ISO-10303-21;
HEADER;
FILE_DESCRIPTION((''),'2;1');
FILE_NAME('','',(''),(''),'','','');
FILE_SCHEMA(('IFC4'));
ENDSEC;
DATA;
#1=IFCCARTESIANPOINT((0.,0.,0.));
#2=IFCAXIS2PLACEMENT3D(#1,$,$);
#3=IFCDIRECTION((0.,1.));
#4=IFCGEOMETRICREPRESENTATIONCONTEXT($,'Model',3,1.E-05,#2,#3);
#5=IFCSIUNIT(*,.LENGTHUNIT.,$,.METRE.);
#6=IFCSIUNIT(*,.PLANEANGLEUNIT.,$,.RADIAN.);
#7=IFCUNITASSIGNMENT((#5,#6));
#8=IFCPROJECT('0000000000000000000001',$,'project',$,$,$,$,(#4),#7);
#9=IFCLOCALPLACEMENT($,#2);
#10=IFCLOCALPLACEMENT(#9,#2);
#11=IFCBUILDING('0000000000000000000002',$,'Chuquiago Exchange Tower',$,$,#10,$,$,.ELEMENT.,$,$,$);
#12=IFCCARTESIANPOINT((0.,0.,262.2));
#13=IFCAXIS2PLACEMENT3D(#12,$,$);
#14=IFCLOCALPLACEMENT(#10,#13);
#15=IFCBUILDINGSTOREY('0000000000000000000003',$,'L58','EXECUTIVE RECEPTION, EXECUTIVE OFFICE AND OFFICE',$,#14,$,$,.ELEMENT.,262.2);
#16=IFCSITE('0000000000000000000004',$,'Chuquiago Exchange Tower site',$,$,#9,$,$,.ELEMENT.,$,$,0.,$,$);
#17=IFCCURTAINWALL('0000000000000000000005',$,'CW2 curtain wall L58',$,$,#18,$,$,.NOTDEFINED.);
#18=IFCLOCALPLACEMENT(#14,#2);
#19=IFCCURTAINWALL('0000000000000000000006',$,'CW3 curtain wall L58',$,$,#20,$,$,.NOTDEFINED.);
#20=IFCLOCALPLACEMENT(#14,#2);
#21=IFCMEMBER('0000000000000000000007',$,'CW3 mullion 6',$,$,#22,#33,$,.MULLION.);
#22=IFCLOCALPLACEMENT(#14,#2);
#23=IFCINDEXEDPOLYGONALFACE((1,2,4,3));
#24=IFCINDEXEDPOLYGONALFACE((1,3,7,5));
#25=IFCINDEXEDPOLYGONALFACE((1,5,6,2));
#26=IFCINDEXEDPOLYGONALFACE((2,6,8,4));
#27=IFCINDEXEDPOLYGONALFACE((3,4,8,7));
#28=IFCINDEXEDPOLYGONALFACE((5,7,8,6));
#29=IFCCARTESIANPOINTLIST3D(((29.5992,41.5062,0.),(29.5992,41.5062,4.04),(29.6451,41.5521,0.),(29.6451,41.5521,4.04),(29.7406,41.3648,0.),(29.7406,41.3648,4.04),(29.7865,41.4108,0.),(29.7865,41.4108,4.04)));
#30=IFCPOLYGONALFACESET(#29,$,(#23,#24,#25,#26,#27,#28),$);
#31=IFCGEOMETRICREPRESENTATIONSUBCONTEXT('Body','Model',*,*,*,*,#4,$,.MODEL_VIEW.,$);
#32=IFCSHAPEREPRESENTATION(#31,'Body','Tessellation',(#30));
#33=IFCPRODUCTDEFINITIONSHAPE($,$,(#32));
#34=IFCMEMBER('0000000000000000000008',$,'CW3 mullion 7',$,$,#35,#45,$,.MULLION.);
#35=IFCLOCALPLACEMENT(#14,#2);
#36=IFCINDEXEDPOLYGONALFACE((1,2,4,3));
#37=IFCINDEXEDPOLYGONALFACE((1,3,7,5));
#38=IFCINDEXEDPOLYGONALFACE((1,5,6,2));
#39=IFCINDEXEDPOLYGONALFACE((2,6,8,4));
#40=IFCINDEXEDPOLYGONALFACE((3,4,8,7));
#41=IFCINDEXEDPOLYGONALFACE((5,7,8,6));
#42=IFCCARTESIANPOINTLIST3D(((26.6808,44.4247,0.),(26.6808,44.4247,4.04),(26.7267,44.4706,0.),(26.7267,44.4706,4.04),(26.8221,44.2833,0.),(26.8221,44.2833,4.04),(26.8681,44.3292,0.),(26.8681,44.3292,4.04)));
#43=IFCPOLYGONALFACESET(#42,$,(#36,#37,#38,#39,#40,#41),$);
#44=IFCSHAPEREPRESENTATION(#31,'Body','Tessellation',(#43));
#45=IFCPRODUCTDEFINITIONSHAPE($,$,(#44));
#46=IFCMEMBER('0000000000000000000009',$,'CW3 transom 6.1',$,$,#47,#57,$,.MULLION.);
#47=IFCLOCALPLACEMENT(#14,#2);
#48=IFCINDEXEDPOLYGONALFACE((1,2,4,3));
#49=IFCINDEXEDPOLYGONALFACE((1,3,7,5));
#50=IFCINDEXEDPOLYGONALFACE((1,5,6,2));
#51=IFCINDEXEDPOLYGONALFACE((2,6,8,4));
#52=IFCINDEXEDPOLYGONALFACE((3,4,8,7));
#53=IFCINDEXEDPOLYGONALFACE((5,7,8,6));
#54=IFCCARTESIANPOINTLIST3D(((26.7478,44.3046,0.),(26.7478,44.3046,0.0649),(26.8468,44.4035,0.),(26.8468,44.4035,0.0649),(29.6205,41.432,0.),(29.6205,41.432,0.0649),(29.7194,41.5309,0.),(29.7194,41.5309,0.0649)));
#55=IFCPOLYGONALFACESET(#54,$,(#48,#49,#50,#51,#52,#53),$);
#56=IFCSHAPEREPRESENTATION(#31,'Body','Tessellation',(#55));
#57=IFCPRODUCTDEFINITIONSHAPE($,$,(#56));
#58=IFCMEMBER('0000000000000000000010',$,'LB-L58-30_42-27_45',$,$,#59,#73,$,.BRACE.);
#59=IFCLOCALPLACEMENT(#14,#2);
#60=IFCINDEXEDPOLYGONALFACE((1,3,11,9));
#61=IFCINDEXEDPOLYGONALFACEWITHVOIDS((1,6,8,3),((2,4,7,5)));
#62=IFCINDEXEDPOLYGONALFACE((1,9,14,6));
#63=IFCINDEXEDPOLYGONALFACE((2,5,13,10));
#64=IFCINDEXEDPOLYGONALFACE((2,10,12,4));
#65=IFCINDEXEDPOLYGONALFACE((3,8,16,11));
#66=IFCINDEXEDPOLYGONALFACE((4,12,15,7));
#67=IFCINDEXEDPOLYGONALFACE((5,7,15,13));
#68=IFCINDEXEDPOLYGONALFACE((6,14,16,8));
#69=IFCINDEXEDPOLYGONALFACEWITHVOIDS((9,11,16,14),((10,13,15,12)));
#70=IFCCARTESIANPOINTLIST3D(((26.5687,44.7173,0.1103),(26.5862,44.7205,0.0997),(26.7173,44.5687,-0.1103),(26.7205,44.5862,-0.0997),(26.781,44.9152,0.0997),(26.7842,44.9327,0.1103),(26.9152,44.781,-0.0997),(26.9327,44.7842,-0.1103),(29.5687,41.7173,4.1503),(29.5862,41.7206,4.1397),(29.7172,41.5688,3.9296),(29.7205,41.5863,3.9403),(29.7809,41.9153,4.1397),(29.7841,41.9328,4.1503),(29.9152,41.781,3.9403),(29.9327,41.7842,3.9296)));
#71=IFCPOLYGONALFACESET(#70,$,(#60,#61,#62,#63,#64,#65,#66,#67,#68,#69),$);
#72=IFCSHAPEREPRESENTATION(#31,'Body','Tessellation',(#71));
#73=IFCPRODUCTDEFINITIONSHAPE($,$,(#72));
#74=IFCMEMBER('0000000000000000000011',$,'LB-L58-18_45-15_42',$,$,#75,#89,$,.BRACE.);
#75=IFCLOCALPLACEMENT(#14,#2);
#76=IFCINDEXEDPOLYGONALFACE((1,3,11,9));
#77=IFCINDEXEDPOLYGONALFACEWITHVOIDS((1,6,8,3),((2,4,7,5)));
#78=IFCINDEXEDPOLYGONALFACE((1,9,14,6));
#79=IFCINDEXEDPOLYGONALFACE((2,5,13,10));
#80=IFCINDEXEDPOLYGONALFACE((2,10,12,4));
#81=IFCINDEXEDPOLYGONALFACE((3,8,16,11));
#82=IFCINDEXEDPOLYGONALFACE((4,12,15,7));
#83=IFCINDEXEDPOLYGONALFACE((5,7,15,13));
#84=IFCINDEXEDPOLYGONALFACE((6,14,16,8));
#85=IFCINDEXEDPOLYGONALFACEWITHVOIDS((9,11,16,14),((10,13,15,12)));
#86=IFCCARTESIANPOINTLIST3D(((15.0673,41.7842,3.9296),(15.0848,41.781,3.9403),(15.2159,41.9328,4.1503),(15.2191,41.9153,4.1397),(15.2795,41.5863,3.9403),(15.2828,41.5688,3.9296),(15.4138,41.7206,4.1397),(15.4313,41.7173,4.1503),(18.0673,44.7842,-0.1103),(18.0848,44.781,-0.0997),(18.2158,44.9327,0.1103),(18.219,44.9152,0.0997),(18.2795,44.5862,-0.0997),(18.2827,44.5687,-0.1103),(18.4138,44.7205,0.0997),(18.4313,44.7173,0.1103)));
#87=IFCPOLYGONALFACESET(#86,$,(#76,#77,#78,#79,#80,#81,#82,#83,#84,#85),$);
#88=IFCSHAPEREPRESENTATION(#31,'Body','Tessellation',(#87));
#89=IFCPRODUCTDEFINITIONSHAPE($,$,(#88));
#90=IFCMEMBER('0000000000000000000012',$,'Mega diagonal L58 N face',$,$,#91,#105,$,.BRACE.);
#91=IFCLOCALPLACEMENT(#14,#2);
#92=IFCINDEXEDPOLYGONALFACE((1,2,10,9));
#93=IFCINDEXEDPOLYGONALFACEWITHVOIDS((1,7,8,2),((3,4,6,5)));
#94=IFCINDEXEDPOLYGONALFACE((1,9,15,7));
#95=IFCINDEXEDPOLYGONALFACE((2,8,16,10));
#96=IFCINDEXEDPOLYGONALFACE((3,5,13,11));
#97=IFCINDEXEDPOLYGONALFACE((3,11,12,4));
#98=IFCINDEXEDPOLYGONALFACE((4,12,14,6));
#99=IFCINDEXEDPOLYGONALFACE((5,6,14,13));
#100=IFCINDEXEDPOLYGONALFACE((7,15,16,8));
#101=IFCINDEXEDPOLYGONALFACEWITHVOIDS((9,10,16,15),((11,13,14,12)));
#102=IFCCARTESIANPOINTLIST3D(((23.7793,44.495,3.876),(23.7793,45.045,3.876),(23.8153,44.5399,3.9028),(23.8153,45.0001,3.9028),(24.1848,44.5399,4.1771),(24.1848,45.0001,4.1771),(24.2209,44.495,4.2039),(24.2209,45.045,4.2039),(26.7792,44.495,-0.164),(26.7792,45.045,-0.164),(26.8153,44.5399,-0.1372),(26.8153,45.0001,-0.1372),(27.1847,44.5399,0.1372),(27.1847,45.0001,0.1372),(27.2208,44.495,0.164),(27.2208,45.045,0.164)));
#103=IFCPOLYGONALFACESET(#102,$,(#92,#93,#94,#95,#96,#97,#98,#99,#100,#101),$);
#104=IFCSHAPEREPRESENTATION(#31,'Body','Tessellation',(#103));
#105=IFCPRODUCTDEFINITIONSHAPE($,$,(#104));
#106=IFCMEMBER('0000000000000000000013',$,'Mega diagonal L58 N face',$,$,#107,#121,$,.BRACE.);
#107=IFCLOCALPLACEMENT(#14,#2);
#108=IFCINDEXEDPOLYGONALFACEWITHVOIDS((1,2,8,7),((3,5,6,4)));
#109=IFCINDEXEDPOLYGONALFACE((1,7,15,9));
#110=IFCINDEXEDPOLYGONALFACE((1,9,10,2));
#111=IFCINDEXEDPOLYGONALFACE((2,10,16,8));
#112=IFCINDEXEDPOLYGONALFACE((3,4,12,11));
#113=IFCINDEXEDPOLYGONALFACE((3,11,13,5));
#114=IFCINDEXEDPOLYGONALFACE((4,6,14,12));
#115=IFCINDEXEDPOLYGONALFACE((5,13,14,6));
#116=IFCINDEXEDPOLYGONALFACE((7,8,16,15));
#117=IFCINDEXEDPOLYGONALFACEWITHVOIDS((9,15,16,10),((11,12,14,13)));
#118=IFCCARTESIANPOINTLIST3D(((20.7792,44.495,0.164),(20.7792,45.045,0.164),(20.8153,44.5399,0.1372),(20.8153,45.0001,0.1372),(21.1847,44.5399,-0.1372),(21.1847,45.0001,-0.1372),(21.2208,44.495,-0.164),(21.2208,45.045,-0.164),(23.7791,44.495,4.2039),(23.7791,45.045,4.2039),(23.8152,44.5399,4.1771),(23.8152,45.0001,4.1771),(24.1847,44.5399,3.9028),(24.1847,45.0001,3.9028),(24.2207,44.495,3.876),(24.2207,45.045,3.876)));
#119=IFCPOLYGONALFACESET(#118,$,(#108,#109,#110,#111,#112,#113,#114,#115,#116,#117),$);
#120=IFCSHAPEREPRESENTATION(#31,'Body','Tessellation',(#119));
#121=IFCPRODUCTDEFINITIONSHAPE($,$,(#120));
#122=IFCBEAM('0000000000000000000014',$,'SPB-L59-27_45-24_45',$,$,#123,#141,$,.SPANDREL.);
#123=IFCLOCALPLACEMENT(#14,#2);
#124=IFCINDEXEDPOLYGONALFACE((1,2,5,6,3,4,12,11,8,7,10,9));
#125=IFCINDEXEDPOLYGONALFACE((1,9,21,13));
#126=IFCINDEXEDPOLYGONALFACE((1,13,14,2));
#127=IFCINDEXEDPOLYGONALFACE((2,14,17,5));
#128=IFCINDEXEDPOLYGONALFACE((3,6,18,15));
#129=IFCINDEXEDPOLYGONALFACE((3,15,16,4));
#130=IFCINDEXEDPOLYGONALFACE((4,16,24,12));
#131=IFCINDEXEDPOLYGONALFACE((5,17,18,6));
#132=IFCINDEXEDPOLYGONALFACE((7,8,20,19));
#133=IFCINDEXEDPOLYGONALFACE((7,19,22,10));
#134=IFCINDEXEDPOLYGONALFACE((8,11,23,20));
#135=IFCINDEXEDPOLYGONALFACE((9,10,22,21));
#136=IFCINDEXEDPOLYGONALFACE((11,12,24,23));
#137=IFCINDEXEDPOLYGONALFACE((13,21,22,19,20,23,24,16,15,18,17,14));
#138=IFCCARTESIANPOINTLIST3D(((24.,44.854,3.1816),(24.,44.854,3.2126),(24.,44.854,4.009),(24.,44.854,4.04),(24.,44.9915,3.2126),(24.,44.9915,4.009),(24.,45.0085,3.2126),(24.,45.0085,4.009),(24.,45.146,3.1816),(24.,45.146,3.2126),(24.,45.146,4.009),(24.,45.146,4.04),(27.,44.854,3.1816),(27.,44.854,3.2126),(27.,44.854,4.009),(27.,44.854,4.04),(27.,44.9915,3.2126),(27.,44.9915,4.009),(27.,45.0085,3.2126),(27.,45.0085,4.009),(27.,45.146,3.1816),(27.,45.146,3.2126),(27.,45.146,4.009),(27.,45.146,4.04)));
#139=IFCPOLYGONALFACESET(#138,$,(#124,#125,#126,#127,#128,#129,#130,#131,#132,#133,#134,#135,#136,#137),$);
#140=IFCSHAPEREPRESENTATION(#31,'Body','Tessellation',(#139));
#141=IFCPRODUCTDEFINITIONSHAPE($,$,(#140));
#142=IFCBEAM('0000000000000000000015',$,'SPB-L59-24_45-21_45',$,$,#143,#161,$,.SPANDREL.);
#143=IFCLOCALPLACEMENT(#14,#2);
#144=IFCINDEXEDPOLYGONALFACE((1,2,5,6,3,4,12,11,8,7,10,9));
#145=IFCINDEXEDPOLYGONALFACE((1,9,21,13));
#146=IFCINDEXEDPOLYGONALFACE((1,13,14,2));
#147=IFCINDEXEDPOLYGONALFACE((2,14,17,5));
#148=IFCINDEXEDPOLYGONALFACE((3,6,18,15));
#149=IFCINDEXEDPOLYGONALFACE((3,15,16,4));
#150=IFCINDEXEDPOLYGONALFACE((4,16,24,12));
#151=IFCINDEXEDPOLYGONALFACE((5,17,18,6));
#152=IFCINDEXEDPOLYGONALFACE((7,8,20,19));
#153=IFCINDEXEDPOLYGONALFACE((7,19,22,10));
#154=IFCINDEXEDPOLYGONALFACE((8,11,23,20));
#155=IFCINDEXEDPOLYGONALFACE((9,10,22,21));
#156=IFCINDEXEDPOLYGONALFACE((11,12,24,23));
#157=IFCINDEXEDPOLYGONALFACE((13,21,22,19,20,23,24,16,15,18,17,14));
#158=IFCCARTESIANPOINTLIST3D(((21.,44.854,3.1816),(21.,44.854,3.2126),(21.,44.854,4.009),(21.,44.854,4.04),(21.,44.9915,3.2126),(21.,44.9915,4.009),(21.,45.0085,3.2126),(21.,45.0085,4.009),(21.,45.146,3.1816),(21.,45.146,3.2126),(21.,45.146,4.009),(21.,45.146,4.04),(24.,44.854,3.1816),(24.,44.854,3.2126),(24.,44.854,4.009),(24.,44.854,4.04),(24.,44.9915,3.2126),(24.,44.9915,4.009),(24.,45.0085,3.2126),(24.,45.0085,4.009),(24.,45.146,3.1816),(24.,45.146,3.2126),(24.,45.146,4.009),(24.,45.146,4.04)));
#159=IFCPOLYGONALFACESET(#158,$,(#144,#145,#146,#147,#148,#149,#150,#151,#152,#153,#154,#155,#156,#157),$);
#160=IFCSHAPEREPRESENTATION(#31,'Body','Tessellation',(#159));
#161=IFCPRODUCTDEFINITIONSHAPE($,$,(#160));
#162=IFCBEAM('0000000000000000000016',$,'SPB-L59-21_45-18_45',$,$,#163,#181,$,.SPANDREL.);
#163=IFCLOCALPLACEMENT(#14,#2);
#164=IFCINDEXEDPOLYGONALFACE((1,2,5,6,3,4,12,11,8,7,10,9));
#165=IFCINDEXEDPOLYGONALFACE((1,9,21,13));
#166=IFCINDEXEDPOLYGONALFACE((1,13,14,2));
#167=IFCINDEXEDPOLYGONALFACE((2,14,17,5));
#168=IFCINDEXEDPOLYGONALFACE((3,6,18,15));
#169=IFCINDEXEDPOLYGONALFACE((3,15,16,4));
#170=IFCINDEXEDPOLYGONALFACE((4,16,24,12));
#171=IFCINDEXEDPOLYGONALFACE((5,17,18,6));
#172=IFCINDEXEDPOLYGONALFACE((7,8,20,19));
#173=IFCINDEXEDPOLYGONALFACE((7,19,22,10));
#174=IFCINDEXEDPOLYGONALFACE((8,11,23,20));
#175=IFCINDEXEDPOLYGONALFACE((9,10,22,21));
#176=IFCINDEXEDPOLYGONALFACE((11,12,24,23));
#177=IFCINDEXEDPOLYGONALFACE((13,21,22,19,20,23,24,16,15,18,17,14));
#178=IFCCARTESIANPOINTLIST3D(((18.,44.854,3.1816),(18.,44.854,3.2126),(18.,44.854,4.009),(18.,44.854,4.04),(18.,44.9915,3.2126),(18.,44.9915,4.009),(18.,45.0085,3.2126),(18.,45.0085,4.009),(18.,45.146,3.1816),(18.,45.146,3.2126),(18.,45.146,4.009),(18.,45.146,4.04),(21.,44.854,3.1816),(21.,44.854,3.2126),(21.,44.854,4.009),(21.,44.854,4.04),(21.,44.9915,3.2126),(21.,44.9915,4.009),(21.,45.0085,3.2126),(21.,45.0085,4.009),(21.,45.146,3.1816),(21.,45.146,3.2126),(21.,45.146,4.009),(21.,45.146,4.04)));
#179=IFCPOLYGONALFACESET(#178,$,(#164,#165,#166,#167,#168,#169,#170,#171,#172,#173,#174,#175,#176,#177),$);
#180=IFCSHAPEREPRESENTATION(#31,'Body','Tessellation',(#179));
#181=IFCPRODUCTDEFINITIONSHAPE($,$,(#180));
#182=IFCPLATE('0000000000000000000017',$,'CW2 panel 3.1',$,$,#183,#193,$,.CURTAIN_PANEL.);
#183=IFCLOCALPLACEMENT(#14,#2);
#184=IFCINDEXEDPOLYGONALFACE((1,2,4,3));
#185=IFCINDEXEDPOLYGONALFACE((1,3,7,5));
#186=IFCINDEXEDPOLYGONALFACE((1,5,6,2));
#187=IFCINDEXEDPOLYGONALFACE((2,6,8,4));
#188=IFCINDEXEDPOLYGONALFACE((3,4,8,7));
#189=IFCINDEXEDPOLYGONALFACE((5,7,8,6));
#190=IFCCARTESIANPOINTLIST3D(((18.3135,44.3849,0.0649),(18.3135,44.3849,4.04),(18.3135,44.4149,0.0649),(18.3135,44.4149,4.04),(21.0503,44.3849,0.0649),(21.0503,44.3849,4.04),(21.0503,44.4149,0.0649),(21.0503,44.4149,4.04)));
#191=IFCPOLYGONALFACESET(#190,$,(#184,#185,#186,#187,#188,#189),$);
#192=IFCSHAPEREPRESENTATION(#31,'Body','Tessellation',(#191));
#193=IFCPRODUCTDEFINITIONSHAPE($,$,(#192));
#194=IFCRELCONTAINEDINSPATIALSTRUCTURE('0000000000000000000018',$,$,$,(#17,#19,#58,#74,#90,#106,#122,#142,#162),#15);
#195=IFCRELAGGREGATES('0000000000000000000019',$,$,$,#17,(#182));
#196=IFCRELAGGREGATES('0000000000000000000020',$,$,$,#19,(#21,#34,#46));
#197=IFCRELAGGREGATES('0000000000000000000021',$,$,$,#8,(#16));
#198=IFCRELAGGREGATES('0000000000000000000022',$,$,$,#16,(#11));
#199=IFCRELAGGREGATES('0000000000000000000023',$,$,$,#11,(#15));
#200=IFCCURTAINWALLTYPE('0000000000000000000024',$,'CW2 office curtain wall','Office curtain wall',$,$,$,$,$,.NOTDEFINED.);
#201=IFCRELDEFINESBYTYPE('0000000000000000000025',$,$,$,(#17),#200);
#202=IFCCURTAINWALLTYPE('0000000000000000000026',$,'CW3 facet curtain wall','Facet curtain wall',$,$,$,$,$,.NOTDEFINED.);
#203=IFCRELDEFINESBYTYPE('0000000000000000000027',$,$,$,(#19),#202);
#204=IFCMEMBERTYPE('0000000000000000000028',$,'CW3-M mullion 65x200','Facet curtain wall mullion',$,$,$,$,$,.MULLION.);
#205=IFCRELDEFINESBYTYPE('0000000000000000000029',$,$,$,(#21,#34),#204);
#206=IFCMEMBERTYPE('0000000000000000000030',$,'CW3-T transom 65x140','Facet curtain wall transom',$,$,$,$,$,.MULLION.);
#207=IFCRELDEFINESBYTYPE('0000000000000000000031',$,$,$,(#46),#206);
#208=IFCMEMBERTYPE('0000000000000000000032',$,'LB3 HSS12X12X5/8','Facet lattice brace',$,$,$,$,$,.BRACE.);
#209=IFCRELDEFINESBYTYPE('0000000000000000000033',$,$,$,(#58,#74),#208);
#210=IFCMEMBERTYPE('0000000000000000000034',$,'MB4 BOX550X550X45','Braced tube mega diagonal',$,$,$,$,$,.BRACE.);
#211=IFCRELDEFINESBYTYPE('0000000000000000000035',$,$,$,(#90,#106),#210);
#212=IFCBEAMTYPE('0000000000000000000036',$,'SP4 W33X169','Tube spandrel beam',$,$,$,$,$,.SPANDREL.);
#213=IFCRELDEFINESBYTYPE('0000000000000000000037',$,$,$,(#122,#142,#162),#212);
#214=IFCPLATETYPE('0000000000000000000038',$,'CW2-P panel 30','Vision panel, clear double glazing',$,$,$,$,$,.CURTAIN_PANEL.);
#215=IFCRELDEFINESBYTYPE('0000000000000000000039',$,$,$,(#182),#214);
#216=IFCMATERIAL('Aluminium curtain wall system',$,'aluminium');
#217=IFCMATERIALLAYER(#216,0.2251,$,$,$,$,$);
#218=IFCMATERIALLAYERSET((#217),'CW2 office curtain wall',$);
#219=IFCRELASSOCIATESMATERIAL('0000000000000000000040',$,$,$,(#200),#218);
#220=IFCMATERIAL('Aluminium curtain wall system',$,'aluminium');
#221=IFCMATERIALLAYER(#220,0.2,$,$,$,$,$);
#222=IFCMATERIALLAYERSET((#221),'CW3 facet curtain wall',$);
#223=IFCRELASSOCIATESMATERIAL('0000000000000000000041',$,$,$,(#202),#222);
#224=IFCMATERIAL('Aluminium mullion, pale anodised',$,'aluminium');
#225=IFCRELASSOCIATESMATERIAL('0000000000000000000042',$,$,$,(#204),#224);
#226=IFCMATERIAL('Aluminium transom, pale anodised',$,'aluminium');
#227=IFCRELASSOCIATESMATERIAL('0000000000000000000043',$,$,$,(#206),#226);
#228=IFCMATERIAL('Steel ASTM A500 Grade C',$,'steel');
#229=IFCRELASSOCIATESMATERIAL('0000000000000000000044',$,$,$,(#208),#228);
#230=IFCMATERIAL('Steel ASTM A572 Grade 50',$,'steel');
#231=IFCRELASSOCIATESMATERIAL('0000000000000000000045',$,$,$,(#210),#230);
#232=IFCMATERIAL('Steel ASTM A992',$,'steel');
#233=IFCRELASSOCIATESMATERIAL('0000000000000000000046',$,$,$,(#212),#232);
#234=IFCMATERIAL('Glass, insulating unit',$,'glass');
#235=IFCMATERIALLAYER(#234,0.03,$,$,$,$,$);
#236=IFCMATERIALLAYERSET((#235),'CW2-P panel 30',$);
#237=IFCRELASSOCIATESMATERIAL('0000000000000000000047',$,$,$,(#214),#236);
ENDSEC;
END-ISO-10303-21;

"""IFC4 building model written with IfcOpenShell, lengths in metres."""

from ifc_helpers import new_model, si_unit, direction, frame, origin, origin_2d, place, context, subcontext, project, spatial, rectangle, hollow_rectangle, i_section, extrude, material, layer, layer_set, material_profile, profile_set, type_object, element, aggregate, save


model = new_model("IFC4")

# Units and contexts
model_context = context("Model", 3, precision=1e-05, world=origin(), true_north=direction((0.0, 1.0)))
body_context = subcontext(model_context, "Body", "Model", "MODEL_VIEW")
ifc_project = project(units=[si_unit("LENGTHUNIT", "METRE"), si_unit("PLANEANGLEUNIT", "RADIAN")], contexts=[model_context])

# Site, building, storey
site_placement = place(None, origin())
site = spatial("IfcSite", under=ifc_project, at=site_placement, Name="Chuquiago Exchange Tower site", CompositionType="ELEMENT", RefElevation=0.0)
building_placement = place(site_placement, origin())
building = spatial("IfcBuilding", under=site, at=building_placement, Name="Chuquiago Exchange Tower", CompositionType="ELEMENT")
storey_placement = place(building_placement, frame((0.0, 0.0, 262.2)))
storey = spatial("IfcBuildingStorey", under=building, at=storey_placement, Name="L58", Description="EXECUTIVE RECEPTION, EXECUTIVE OFFICE AND OFFICE", CompositionType="ELEMENT", Elevation=262.2)

# Curtain walls, members
ifc_material_1 = material(Name="Aluminium curtain wall system", Category="aluminium")
ifc_layer_1 = layer(ifc_material_1, 0.2251)
ifc_layer_set_1 = layer_set([ifc_layer_1], Name="CW2 office curtain wall")
curtain_wall_type_1 = type_object("IfcCurtainWallType", Name="CW2 office curtain wall", Description="Office curtain wall", PredefinedType="NOTDEFINED", material=ifc_layer_set_1)
curtain_wall_1_placement = place(storey_placement, origin())
curtain_wall_1 = element("IfcCurtainWall", 1, at=curtain_wall_1_placement, inside=storey, type_object=curtain_wall_type_1, Name="CW2 curtain wall L58", PredefinedType="NOTDEFINED")
ifc_material_2 = material(Name="Aluminium curtain wall system", Category="aluminium")
ifc_layer_2 = layer(ifc_material_2, 0.2)
ifc_layer_set_2 = layer_set([ifc_layer_2], Name="CW3 facet curtain wall")
curtain_wall_type_2 = type_object("IfcCurtainWallType", Name="CW3 facet curtain wall", Description="Facet curtain wall", PredefinedType="NOTDEFINED", material=ifc_layer_set_2)
curtain_wall_2_placement = place(storey_placement, origin())
curtain_wall_2 = element("IfcCurtainWall", 2, at=curtain_wall_2_placement, inside=storey, type_object=curtain_wall_type_2, Name="CW3 curtain wall L58", PredefinedType="NOTDEFINED")
ifc_material_3 = material(Name="Aluminium mullion, pale anodised", Category="aluminium")
ifc_material_profile_1 = material_profile(ifc_material_3, rectangle(XDim=0.0649, YDim=0.2, at=origin_2d()), Name="AL 65x200")
ifc_profile_set_1 = profile_set([ifc_material_profile_1], Name="Aluminium mullion, pale anodised")
member_type_1 = type_object("IfcMemberType", Name="CW3-M mullion 65x200", Description="Facet curtain wall mullion", PredefinedType="MULLION", material=ifc_profile_set_1)
member_1_placement = place(storey_placement, frame((29.6929, 41.4585, 0.0), z_axis=(0.0, 0.0, 1.0), x_axis=(-0.707107, -0.707107, 0.0)))
member_1 = element("IfcMember", 3, at=member_1_placement, type_object=member_type_1, Name="CW3 mullion 6", PredefinedType="MULLION", context=body_context, shape_type="SweptSolid", body=[
    extrude(rectangle(XDim=0.0649, YDim=0.2, at=origin_2d()), origin(), (0.0, 0.0, 1.0), 4.04),
])
member_2_placement = place(storey_placement, frame((26.7744, 44.377, 0.0), z_axis=(0.0, 0.0, 1.0), x_axis=(-0.707107, -0.707107, 0.0)))
member_2 = element("IfcMember", 4, at=member_2_placement, type_object=member_type_1, Name="CW3 mullion 7", PredefinedType="MULLION", context=body_context, shape_type="SweptSolid", body=[
    extrude(rectangle(XDim=0.0649, YDim=0.2, at=origin_2d()), origin(), (0.0, 0.0, 1.0), 4.04),
])
ifc_material_4 = material(Name="Aluminium transom, pale anodised", Category="aluminium")
ifc_material_profile_2 = material_profile(ifc_material_4, rectangle(XDim=0.1399, YDim=0.0649, at=origin_2d()), Name="AL 140x65")
ifc_profile_set_2 = profile_set([ifc_material_profile_2], Name="Aluminium transom, pale anodised")
member_type_2 = type_object("IfcMemberType", Name="CW3-T transom 65x140", Description="Facet curtain wall transom", PredefinedType="MULLION", material=ifc_profile_set_2)
member_3_placement = place(storey_placement, frame((29.6699, 41.4814, 0.0325), z_axis=(-0.707107, 0.707107, 0.0), x_axis=(-0.707107, -0.707107, 0.0)))
member_3 = element("IfcMember", 5, at=member_3_placement, type_object=member_type_2, Name="CW3 transom 6.1", PredefinedType="MULLION", context=body_context, shape_type="SweptSolid", body=[
    extrude(rectangle(XDim=0.1399, YDim=0.0649, at=origin_2d()), origin(), (0.0, 0.0, 1.0), 4.0625),
])

# Members
ifc_material_5 = material(Name="Steel ASTM A500 Grade C", Category="steel")
ifc_material_profile_3 = material_profile(ifc_material_5, hollow_rectangle(XDim=0.3047, YDim=0.3047, WallThickness=0.0146, at=origin_2d()), Name="HSS12X12X5/8")
ifc_profile_set_3 = profile_set([ifc_material_profile_3], Name="Steel ASTM A500 Grade C")
member_type_3 = type_object("IfcMemberType", Name="LB3 HSS12X12X5/8", Description="Facet lattice brace", PredefinedType="BRACE", material=ifc_profile_set_3)
for number, where, z_axis, x_axis, name in (
    (6, (26.7507, 44.7507, 0.0), (0.512077, -0.512077, 0.689604), (0.707107, 0.707107, 0.0), "LB-L58-30_42-27_45"),
    (7, (18.2493, 44.7507, 0.0), (-0.512077, -0.512077, 0.689604), (0.707107, -0.707107, 0.0), "LB-L58-18_45-15_42"),
):
    element("IfcMember", number, at=place(storey_placement, frame(where, z_axis=z_axis, x_axis=x_axis)), inside=storey, type_object=member_type_3, Name=name, PredefinedType="BRACE", context=body_context, shape_type="SweptSolid", body=[
        extrude(hollow_rectangle(XDim=0.3047, YDim=0.3047, WallThickness=0.0146, at=origin_2d()), origin(), (0.0, 0.0, 1.0), 5.8584),
    ])
ifc_material_6 = material(Name="Steel ASTM A572 Grade 50", Category="steel")
ifc_material_profile_4 = material_profile(ifc_material_6, hollow_rectangle(XDim=0.55, YDim=0.55, WallThickness=0.0449, at=origin_2d()), Name="BOX550X550X45")
ifc_profile_set_4 = profile_set([ifc_material_profile_4], Name="Steel ASTM A572 Grade 50")
member_type_4 = type_object("IfcMemberType", Name="MB4 BOX550X550X45", Description="Braced tube mega diagonal", PredefinedType="BRACE", material=ifc_profile_set_4)
for number, where, z_axis, x_axis, name in (
    (8, (27.0, 44.77, 0.0), (-0.596174, 0.0, 0.802855), (0.0, -1.0, 0.0), "Mega diagonal L58 N face"),
    (9, (21.0, 44.77, 0.0), (0.596174, 0.0, 0.802855), (0.0, 1.0, 0.0), "Mega diagonal L58 N face"),
):
    element("IfcMember", number, at=place(storey_placement, frame(where, z_axis=z_axis, x_axis=x_axis)), inside=storey, type_object=member_type_4, Name=name, PredefinedType="BRACE", context=body_context, shape_type="SweptSolid", body=[
        extrude(hollow_rectangle(XDim=0.55, YDim=0.55, WallThickness=0.0449, at=origin_2d()), origin(), (0.0, 0.0, 1.0), 5.032),
    ])

# Beams
ifc_material_7 = material(Name="Steel ASTM A992", Category="steel")
ifc_material_profile_5 = material_profile(ifc_material_7, i_section(OverallWidth=0.292, OverallDepth=0.8584, WebThickness=0.0171, FlangeThickness=0.031, at=origin_2d()), Name="W33X169")
ifc_profile_set_5 = profile_set([ifc_material_profile_5], Name="Steel ASTM A992")
beam_type = type_object("IfcBeamType", Name="SP4 W33X169", Description="Tube spandrel beam", PredefinedType="SPANDREL", material=ifc_profile_set_5)
for number, where, z_axis, x_axis, name in (
    (10, (27.0, 45.0, 3.6108), (-1.0, 0.0, 0.0), (0.0, -1.0, 0.0), "SPB-L59-27_45-24_45"),
    (11, (24.0, 45.0, 3.6108), (-1.0, 0.0, 0.0), (0.0, -1.0, 0.0), "SPB-L59-24_45-21_45"),
    (12, (21.0, 45.0, 3.6108), (-1.0, 0.0, 0.0), (0.0, -1.0, 0.0), "SPB-L59-21_45-18_45"),
):
    element("IfcBeam", number, at=place(storey_placement, frame(where, z_axis=z_axis, x_axis=x_axis)), inside=storey, type_object=beam_type, Name=name, PredefinedType="SPANDREL", context=body_context, shape_type="SweptSolid", body=[
        extrude(i_section(OverallWidth=0.292, OverallDepth=0.8584, WebThickness=0.0171, FlangeThickness=0.031, at=origin_2d()), origin(), (0.0, 0.0, 1.0), 3.0),
    ])

# Plate
ifc_material_8 = material(Name="Glass, insulating unit", Category="glass")
ifc_layer_3 = layer(ifc_material_8, 0.03)
ifc_layer_set_3 = layer_set([ifc_layer_3], Name="CW2-P panel 30")
plate_type_1 = type_object("IfcPlateType", Name="CW2-P panel 30", Description="Vision panel, clear double glazing", PredefinedType="CURTAIN_PANEL", material=ifc_layer_set_3)
plate_1_placement = place(storey_placement, frame((19.6819, 44.3999, 0.0649), z_axis=(0.0, 0.0, 1.0), x_axis=(-1.0, 0.0, 0.0)))
plate_1 = element("IfcPlate", 13, at=plate_1_placement, type_object=plate_type_1, Name="CW2 panel 3.1", PredefinedType="CURTAIN_PANEL", context=body_context, shape_type="SweptSolid", body=[
    extrude(rectangle(XDim=2.7368, YDim=0.03, at=origin_2d()), origin(), (0.0, 0.0, 1.0), 3.9751),
])
aggregate(curtain_wall_1, [plate_1])
aggregate(curtain_wall_2, [member_1, member_2, member_3])

save(model, "model.ifc")
